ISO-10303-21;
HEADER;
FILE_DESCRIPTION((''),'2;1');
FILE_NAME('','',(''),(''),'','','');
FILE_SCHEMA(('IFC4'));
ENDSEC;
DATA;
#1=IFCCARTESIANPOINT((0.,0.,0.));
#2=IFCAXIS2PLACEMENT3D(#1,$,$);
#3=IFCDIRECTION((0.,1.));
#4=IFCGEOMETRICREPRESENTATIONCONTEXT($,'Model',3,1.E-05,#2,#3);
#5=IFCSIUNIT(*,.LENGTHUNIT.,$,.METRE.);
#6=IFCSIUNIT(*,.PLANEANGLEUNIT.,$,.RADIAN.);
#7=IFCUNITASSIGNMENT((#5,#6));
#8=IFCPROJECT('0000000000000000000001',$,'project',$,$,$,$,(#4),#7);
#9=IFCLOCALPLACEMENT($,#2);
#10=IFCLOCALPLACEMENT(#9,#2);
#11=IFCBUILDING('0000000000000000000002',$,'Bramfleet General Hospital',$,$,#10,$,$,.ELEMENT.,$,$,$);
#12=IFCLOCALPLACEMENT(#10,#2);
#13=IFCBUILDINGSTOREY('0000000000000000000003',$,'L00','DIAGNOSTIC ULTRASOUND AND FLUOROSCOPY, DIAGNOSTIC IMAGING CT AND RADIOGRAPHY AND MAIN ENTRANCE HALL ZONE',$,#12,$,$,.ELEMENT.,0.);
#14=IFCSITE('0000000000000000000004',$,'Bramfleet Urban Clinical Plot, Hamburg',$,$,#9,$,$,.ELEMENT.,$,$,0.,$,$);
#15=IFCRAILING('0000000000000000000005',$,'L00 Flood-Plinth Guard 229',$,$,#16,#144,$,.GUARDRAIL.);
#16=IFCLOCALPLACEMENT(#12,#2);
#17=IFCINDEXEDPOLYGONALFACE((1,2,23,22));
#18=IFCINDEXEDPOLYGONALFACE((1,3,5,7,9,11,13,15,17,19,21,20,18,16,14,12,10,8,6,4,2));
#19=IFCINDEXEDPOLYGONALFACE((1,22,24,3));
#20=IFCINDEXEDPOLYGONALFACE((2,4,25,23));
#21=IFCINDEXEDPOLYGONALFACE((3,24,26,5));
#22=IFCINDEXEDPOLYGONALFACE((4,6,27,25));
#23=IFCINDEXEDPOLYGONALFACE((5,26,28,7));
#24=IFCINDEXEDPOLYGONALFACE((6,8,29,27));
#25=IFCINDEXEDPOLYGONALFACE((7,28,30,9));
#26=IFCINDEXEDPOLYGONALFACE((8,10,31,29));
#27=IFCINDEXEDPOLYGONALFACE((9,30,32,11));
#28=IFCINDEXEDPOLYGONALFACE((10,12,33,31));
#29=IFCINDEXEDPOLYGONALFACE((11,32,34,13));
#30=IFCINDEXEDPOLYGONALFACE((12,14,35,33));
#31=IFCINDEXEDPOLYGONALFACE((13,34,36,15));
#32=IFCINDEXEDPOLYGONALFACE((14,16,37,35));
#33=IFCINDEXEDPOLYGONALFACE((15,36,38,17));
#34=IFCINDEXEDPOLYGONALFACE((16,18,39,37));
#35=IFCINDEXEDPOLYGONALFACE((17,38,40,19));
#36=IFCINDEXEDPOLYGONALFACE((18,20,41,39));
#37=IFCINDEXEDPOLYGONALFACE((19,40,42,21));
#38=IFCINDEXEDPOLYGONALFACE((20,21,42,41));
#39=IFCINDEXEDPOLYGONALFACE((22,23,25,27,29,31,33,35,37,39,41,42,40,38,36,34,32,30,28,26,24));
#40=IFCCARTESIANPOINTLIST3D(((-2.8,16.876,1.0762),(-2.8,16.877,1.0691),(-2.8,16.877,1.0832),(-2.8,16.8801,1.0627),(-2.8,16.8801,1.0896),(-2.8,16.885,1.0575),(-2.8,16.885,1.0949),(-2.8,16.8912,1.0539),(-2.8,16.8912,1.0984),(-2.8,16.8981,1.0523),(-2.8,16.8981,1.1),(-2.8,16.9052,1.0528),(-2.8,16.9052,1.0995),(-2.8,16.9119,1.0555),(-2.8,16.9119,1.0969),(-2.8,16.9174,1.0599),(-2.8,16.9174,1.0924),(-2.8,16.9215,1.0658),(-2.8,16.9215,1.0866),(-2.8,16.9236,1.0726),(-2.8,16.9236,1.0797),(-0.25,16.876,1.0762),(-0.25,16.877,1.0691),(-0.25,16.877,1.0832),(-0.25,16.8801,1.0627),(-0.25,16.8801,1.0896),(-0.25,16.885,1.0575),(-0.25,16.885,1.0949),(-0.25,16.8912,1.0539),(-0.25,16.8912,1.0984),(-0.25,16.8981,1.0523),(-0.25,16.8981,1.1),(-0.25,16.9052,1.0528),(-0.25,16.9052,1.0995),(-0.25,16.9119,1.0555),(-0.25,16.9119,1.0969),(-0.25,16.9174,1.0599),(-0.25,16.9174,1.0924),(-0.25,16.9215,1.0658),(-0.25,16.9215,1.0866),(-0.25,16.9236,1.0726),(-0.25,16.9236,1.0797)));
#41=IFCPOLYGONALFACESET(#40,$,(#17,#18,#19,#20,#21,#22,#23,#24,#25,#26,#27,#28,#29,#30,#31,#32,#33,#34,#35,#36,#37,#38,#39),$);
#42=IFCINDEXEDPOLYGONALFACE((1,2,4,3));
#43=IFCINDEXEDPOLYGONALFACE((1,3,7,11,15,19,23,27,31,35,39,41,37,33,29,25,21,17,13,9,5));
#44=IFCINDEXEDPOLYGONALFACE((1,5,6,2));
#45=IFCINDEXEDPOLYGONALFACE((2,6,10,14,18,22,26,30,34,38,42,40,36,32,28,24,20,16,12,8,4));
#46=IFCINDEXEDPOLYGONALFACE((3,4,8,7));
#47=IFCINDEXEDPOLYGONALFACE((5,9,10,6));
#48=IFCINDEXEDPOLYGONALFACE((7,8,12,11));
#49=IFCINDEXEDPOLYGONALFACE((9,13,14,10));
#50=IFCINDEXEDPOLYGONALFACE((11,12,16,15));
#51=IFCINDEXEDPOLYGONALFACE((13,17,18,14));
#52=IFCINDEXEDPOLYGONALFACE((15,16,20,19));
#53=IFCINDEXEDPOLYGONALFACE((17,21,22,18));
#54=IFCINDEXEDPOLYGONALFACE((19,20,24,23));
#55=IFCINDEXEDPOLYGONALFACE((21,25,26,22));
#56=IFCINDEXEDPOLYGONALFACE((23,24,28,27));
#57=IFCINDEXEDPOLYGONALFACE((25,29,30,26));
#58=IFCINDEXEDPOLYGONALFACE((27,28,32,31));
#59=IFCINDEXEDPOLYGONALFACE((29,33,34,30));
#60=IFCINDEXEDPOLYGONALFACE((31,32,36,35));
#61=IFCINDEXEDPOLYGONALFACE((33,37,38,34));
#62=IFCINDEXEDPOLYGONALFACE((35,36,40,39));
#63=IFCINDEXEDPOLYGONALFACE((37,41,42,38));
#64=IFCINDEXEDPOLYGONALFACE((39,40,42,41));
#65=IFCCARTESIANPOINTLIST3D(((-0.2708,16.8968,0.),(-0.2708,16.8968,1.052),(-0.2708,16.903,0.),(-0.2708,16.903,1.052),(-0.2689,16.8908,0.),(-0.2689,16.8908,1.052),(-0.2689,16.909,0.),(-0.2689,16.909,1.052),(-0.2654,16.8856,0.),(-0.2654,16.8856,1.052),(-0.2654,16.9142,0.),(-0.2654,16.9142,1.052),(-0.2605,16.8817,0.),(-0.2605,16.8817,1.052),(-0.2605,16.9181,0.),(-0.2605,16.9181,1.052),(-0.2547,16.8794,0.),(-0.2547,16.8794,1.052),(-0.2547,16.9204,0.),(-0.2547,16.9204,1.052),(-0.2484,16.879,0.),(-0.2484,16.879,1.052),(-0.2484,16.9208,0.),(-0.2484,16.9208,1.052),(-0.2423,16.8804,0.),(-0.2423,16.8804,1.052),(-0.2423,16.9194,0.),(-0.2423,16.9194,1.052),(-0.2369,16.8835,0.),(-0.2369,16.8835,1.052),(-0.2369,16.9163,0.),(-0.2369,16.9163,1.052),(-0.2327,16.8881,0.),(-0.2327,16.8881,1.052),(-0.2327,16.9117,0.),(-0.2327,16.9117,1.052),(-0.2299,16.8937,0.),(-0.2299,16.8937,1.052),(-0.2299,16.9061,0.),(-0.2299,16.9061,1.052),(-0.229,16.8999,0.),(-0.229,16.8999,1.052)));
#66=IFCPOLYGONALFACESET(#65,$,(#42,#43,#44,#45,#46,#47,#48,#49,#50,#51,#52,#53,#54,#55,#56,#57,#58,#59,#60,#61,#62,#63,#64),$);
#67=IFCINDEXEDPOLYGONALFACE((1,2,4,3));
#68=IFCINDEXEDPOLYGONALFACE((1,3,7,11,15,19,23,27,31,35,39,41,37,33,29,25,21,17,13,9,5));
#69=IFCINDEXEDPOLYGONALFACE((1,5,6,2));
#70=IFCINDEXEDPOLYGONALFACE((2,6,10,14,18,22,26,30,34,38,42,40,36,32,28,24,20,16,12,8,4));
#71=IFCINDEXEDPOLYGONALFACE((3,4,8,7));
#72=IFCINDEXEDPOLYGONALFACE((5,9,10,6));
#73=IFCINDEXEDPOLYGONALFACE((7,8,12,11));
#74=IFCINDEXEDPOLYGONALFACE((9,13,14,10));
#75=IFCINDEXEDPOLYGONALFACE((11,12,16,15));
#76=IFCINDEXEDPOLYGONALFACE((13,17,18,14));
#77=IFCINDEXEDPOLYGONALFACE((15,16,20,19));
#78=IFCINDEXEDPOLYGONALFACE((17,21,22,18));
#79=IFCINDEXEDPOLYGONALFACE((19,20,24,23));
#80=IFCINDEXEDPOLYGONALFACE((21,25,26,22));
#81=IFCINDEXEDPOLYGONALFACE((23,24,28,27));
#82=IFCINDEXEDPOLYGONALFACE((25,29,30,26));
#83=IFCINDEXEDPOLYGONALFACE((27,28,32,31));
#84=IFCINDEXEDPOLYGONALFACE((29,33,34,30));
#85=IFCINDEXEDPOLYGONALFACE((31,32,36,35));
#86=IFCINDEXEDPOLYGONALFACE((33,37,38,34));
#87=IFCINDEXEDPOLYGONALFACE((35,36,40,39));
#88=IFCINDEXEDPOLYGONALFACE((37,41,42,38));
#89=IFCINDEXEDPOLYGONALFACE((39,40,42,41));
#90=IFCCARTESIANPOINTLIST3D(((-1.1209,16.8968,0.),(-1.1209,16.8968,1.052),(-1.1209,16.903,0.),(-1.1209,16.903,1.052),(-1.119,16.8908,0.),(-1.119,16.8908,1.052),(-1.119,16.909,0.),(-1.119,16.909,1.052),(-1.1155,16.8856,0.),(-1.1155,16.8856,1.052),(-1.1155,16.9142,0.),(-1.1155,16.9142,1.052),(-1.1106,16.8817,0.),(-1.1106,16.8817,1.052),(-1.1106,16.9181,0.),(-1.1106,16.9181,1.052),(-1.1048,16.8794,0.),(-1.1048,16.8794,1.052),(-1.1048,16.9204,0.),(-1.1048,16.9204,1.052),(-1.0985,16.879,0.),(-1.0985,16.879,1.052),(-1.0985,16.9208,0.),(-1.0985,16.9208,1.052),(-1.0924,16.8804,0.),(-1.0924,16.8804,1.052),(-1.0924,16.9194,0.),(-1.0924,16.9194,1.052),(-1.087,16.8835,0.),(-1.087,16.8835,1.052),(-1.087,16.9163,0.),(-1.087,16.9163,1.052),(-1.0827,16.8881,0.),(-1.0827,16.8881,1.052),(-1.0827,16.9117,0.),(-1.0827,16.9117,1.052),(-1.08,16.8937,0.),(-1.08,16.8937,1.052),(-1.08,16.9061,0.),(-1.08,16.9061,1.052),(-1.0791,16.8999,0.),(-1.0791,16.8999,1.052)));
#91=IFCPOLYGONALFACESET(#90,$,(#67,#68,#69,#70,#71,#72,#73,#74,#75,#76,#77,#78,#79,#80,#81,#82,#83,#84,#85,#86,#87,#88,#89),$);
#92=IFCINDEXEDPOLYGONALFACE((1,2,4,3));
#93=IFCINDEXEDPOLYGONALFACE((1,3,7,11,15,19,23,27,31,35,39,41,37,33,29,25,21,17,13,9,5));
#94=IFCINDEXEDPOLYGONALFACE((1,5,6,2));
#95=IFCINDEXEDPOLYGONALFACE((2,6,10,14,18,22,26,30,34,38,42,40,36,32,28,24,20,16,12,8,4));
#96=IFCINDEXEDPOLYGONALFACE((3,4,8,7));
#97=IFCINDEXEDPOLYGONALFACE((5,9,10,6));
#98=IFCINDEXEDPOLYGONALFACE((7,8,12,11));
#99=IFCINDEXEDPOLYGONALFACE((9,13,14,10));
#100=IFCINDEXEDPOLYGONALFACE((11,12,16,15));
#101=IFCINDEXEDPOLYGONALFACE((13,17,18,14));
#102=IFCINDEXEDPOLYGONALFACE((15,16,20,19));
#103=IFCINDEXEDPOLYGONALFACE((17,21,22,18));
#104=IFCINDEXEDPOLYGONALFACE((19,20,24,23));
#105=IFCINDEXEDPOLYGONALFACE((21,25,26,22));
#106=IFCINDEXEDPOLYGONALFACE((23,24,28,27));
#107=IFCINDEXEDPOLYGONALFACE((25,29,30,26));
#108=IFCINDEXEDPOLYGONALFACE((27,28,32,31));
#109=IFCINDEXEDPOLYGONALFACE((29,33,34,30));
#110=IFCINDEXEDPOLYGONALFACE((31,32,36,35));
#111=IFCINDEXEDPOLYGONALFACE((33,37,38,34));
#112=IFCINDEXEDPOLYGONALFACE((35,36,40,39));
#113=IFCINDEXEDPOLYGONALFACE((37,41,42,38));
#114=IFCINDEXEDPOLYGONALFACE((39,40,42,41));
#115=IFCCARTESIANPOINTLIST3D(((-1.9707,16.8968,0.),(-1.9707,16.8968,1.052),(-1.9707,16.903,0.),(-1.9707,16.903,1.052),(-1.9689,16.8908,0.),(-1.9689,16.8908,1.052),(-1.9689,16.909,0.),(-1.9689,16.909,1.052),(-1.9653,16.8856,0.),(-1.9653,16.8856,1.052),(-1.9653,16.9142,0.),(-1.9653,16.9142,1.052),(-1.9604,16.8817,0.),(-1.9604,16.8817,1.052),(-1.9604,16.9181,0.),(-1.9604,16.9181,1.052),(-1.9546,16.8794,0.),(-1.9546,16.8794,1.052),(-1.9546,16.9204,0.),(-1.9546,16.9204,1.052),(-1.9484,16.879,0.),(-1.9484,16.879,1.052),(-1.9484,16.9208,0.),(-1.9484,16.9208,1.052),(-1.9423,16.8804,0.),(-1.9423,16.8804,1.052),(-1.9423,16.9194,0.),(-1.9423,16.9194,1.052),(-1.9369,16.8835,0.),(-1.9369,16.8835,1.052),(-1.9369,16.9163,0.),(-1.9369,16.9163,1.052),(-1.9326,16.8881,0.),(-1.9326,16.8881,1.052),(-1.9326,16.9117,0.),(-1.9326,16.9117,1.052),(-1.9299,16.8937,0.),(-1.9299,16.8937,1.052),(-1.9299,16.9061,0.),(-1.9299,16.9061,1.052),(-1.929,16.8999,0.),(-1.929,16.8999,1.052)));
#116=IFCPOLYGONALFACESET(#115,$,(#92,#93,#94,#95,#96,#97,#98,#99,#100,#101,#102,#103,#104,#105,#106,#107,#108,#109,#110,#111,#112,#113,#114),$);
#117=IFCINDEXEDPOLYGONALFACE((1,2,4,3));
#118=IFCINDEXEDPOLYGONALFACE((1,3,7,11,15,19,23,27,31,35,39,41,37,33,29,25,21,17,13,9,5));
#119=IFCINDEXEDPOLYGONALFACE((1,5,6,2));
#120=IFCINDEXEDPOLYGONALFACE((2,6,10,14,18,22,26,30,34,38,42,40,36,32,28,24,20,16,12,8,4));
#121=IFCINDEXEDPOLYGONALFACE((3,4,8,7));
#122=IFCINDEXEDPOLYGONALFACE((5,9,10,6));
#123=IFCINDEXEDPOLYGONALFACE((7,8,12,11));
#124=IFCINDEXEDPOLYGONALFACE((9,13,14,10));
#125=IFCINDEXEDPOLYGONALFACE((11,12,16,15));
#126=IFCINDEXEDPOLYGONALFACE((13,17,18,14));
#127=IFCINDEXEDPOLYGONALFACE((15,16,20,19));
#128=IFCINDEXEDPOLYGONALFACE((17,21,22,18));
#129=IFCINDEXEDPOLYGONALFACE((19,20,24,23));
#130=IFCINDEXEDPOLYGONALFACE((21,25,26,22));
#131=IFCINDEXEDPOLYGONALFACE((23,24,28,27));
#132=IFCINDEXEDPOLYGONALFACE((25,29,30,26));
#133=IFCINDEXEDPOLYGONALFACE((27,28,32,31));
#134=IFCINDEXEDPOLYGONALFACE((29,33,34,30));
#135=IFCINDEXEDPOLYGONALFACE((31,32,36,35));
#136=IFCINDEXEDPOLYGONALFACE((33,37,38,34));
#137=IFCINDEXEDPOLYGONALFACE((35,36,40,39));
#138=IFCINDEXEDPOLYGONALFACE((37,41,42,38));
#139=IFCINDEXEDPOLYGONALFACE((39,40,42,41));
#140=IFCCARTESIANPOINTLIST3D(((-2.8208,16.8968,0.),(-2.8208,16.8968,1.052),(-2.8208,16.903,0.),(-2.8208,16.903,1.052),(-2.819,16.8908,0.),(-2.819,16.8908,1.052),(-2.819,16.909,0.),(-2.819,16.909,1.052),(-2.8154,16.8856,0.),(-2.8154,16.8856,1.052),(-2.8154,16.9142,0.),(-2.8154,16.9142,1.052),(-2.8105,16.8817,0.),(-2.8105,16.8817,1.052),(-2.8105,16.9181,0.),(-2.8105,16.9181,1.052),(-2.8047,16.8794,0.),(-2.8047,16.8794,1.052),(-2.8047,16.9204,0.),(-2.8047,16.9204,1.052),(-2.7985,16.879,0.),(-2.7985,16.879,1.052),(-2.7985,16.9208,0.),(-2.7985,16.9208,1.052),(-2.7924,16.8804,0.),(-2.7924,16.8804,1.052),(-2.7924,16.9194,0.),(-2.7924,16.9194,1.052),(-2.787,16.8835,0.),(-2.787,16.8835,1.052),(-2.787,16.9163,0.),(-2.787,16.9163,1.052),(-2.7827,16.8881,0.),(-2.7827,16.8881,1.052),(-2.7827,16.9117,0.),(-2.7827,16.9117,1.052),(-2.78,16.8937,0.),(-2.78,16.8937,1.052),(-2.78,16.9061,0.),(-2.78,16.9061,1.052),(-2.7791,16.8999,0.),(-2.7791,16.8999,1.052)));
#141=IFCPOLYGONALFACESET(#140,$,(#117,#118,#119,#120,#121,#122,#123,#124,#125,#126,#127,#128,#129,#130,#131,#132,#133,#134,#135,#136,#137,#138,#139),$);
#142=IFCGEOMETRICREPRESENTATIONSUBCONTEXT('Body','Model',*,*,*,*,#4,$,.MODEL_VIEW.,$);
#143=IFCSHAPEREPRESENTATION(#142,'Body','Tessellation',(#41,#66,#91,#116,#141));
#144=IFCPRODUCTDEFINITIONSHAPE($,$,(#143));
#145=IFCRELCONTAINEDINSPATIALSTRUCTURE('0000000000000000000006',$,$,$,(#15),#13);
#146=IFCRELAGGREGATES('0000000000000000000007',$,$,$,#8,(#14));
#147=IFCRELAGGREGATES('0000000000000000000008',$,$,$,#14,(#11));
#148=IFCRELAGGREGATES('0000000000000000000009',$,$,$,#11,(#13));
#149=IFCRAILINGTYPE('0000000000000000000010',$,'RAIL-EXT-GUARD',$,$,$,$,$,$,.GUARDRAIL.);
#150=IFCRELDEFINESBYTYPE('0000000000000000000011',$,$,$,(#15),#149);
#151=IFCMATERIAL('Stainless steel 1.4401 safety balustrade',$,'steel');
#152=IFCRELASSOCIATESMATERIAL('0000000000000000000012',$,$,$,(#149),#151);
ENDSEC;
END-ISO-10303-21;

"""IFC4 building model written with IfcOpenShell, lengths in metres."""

from ifc_helpers import new_model, si_unit, direction, frame, origin, origin_2d, place, context, subcontext, project, spatial, circle, extrude, material, type_object, element, save


model = new_model("IFC4")

# Units and contexts
model_context = context("Model", 3, precision=1e-05, world=origin(), true_north=direction((0.0, 1.0)))
body_context = subcontext(model_context, "Body", "Model", "MODEL_VIEW")
ifc_project = project(units=[si_unit("LENGTHUNIT", "METRE"), si_unit("PLANEANGLEUNIT", "RADIAN")], contexts=[model_context])

# Site, building, storey
site_placement = place(None, origin())
site = spatial("IfcSite", under=ifc_project, at=site_placement, Name="Bramfleet Urban Clinical Plot, Hamburg", CompositionType="ELEMENT", RefElevation=0.0)
building_placement = place(site_placement, origin())
building = spatial("IfcBuilding", under=site, at=building_placement, Name="Bramfleet General Hospital", CompositionType="ELEMENT")
storey_placement = place(building_placement, origin())
storey = spatial("IfcBuildingStorey", under=building, at=storey_placement, Name="L00", Description="DIAGNOSTIC ULTRASOUND AND FLUOROSCOPY, DIAGNOSTIC IMAGING CT AND RADIOGRAPHY AND MAIN ENTRANCE HALL ZONE", CompositionType="ELEMENT", Elevation=0.0)

# Railing
ifc_material_1 = material(Name="Stainless steel 1.4401 safety balustrade", Category="steel")
railing_type_1 = type_object("IfcRailingType", Name="RAIL-EXT-GUARD", PredefinedType="GUARDRAIL", material=ifc_material_1)
railing_1_placement = place(storey_placement, frame((-0.25, 16.8999, 0.0)))
element("IfcRailing", 1, at=railing_1_placement, inside=storey, type_object=railing_type_1, Name="L00 Flood-Plinth Guard 229", PredefinedType="GUARDRAIL", context=body_context, shape_type="SweptSolid", body=[
    extrude(circle(Radius=0.0239, at=origin_2d()), frame((0.0, 0.0, 1.0762), z_axis=(-1.0, 0.0, 0.0), x_axis=(0.0, -1.0, 0.0)), (0.0, 0.0, 1.0), 2.55),
    extrude(circle(Radius=0.021, at=origin_2d()), origin(), (0.0, 0.0, 1.0), 1.052),
    extrude(circle(Radius=0.021, at=origin_2d()), frame((-0.8501, 0.0, 0.0)), (0.0, 0.0, 1.0), 1.052),
    extrude(circle(Radius=0.021, at=origin_2d()), frame((-1.7, 0.0, 0.0)), (0.0, 0.0, 1.0), 1.052),
    extrude(circle(Radius=0.021, at=origin_2d()), frame((-2.55, 0.0, 0.0)), (0.0, 0.0, 1.0), 1.052),
])

save(model, "model.ifc")
